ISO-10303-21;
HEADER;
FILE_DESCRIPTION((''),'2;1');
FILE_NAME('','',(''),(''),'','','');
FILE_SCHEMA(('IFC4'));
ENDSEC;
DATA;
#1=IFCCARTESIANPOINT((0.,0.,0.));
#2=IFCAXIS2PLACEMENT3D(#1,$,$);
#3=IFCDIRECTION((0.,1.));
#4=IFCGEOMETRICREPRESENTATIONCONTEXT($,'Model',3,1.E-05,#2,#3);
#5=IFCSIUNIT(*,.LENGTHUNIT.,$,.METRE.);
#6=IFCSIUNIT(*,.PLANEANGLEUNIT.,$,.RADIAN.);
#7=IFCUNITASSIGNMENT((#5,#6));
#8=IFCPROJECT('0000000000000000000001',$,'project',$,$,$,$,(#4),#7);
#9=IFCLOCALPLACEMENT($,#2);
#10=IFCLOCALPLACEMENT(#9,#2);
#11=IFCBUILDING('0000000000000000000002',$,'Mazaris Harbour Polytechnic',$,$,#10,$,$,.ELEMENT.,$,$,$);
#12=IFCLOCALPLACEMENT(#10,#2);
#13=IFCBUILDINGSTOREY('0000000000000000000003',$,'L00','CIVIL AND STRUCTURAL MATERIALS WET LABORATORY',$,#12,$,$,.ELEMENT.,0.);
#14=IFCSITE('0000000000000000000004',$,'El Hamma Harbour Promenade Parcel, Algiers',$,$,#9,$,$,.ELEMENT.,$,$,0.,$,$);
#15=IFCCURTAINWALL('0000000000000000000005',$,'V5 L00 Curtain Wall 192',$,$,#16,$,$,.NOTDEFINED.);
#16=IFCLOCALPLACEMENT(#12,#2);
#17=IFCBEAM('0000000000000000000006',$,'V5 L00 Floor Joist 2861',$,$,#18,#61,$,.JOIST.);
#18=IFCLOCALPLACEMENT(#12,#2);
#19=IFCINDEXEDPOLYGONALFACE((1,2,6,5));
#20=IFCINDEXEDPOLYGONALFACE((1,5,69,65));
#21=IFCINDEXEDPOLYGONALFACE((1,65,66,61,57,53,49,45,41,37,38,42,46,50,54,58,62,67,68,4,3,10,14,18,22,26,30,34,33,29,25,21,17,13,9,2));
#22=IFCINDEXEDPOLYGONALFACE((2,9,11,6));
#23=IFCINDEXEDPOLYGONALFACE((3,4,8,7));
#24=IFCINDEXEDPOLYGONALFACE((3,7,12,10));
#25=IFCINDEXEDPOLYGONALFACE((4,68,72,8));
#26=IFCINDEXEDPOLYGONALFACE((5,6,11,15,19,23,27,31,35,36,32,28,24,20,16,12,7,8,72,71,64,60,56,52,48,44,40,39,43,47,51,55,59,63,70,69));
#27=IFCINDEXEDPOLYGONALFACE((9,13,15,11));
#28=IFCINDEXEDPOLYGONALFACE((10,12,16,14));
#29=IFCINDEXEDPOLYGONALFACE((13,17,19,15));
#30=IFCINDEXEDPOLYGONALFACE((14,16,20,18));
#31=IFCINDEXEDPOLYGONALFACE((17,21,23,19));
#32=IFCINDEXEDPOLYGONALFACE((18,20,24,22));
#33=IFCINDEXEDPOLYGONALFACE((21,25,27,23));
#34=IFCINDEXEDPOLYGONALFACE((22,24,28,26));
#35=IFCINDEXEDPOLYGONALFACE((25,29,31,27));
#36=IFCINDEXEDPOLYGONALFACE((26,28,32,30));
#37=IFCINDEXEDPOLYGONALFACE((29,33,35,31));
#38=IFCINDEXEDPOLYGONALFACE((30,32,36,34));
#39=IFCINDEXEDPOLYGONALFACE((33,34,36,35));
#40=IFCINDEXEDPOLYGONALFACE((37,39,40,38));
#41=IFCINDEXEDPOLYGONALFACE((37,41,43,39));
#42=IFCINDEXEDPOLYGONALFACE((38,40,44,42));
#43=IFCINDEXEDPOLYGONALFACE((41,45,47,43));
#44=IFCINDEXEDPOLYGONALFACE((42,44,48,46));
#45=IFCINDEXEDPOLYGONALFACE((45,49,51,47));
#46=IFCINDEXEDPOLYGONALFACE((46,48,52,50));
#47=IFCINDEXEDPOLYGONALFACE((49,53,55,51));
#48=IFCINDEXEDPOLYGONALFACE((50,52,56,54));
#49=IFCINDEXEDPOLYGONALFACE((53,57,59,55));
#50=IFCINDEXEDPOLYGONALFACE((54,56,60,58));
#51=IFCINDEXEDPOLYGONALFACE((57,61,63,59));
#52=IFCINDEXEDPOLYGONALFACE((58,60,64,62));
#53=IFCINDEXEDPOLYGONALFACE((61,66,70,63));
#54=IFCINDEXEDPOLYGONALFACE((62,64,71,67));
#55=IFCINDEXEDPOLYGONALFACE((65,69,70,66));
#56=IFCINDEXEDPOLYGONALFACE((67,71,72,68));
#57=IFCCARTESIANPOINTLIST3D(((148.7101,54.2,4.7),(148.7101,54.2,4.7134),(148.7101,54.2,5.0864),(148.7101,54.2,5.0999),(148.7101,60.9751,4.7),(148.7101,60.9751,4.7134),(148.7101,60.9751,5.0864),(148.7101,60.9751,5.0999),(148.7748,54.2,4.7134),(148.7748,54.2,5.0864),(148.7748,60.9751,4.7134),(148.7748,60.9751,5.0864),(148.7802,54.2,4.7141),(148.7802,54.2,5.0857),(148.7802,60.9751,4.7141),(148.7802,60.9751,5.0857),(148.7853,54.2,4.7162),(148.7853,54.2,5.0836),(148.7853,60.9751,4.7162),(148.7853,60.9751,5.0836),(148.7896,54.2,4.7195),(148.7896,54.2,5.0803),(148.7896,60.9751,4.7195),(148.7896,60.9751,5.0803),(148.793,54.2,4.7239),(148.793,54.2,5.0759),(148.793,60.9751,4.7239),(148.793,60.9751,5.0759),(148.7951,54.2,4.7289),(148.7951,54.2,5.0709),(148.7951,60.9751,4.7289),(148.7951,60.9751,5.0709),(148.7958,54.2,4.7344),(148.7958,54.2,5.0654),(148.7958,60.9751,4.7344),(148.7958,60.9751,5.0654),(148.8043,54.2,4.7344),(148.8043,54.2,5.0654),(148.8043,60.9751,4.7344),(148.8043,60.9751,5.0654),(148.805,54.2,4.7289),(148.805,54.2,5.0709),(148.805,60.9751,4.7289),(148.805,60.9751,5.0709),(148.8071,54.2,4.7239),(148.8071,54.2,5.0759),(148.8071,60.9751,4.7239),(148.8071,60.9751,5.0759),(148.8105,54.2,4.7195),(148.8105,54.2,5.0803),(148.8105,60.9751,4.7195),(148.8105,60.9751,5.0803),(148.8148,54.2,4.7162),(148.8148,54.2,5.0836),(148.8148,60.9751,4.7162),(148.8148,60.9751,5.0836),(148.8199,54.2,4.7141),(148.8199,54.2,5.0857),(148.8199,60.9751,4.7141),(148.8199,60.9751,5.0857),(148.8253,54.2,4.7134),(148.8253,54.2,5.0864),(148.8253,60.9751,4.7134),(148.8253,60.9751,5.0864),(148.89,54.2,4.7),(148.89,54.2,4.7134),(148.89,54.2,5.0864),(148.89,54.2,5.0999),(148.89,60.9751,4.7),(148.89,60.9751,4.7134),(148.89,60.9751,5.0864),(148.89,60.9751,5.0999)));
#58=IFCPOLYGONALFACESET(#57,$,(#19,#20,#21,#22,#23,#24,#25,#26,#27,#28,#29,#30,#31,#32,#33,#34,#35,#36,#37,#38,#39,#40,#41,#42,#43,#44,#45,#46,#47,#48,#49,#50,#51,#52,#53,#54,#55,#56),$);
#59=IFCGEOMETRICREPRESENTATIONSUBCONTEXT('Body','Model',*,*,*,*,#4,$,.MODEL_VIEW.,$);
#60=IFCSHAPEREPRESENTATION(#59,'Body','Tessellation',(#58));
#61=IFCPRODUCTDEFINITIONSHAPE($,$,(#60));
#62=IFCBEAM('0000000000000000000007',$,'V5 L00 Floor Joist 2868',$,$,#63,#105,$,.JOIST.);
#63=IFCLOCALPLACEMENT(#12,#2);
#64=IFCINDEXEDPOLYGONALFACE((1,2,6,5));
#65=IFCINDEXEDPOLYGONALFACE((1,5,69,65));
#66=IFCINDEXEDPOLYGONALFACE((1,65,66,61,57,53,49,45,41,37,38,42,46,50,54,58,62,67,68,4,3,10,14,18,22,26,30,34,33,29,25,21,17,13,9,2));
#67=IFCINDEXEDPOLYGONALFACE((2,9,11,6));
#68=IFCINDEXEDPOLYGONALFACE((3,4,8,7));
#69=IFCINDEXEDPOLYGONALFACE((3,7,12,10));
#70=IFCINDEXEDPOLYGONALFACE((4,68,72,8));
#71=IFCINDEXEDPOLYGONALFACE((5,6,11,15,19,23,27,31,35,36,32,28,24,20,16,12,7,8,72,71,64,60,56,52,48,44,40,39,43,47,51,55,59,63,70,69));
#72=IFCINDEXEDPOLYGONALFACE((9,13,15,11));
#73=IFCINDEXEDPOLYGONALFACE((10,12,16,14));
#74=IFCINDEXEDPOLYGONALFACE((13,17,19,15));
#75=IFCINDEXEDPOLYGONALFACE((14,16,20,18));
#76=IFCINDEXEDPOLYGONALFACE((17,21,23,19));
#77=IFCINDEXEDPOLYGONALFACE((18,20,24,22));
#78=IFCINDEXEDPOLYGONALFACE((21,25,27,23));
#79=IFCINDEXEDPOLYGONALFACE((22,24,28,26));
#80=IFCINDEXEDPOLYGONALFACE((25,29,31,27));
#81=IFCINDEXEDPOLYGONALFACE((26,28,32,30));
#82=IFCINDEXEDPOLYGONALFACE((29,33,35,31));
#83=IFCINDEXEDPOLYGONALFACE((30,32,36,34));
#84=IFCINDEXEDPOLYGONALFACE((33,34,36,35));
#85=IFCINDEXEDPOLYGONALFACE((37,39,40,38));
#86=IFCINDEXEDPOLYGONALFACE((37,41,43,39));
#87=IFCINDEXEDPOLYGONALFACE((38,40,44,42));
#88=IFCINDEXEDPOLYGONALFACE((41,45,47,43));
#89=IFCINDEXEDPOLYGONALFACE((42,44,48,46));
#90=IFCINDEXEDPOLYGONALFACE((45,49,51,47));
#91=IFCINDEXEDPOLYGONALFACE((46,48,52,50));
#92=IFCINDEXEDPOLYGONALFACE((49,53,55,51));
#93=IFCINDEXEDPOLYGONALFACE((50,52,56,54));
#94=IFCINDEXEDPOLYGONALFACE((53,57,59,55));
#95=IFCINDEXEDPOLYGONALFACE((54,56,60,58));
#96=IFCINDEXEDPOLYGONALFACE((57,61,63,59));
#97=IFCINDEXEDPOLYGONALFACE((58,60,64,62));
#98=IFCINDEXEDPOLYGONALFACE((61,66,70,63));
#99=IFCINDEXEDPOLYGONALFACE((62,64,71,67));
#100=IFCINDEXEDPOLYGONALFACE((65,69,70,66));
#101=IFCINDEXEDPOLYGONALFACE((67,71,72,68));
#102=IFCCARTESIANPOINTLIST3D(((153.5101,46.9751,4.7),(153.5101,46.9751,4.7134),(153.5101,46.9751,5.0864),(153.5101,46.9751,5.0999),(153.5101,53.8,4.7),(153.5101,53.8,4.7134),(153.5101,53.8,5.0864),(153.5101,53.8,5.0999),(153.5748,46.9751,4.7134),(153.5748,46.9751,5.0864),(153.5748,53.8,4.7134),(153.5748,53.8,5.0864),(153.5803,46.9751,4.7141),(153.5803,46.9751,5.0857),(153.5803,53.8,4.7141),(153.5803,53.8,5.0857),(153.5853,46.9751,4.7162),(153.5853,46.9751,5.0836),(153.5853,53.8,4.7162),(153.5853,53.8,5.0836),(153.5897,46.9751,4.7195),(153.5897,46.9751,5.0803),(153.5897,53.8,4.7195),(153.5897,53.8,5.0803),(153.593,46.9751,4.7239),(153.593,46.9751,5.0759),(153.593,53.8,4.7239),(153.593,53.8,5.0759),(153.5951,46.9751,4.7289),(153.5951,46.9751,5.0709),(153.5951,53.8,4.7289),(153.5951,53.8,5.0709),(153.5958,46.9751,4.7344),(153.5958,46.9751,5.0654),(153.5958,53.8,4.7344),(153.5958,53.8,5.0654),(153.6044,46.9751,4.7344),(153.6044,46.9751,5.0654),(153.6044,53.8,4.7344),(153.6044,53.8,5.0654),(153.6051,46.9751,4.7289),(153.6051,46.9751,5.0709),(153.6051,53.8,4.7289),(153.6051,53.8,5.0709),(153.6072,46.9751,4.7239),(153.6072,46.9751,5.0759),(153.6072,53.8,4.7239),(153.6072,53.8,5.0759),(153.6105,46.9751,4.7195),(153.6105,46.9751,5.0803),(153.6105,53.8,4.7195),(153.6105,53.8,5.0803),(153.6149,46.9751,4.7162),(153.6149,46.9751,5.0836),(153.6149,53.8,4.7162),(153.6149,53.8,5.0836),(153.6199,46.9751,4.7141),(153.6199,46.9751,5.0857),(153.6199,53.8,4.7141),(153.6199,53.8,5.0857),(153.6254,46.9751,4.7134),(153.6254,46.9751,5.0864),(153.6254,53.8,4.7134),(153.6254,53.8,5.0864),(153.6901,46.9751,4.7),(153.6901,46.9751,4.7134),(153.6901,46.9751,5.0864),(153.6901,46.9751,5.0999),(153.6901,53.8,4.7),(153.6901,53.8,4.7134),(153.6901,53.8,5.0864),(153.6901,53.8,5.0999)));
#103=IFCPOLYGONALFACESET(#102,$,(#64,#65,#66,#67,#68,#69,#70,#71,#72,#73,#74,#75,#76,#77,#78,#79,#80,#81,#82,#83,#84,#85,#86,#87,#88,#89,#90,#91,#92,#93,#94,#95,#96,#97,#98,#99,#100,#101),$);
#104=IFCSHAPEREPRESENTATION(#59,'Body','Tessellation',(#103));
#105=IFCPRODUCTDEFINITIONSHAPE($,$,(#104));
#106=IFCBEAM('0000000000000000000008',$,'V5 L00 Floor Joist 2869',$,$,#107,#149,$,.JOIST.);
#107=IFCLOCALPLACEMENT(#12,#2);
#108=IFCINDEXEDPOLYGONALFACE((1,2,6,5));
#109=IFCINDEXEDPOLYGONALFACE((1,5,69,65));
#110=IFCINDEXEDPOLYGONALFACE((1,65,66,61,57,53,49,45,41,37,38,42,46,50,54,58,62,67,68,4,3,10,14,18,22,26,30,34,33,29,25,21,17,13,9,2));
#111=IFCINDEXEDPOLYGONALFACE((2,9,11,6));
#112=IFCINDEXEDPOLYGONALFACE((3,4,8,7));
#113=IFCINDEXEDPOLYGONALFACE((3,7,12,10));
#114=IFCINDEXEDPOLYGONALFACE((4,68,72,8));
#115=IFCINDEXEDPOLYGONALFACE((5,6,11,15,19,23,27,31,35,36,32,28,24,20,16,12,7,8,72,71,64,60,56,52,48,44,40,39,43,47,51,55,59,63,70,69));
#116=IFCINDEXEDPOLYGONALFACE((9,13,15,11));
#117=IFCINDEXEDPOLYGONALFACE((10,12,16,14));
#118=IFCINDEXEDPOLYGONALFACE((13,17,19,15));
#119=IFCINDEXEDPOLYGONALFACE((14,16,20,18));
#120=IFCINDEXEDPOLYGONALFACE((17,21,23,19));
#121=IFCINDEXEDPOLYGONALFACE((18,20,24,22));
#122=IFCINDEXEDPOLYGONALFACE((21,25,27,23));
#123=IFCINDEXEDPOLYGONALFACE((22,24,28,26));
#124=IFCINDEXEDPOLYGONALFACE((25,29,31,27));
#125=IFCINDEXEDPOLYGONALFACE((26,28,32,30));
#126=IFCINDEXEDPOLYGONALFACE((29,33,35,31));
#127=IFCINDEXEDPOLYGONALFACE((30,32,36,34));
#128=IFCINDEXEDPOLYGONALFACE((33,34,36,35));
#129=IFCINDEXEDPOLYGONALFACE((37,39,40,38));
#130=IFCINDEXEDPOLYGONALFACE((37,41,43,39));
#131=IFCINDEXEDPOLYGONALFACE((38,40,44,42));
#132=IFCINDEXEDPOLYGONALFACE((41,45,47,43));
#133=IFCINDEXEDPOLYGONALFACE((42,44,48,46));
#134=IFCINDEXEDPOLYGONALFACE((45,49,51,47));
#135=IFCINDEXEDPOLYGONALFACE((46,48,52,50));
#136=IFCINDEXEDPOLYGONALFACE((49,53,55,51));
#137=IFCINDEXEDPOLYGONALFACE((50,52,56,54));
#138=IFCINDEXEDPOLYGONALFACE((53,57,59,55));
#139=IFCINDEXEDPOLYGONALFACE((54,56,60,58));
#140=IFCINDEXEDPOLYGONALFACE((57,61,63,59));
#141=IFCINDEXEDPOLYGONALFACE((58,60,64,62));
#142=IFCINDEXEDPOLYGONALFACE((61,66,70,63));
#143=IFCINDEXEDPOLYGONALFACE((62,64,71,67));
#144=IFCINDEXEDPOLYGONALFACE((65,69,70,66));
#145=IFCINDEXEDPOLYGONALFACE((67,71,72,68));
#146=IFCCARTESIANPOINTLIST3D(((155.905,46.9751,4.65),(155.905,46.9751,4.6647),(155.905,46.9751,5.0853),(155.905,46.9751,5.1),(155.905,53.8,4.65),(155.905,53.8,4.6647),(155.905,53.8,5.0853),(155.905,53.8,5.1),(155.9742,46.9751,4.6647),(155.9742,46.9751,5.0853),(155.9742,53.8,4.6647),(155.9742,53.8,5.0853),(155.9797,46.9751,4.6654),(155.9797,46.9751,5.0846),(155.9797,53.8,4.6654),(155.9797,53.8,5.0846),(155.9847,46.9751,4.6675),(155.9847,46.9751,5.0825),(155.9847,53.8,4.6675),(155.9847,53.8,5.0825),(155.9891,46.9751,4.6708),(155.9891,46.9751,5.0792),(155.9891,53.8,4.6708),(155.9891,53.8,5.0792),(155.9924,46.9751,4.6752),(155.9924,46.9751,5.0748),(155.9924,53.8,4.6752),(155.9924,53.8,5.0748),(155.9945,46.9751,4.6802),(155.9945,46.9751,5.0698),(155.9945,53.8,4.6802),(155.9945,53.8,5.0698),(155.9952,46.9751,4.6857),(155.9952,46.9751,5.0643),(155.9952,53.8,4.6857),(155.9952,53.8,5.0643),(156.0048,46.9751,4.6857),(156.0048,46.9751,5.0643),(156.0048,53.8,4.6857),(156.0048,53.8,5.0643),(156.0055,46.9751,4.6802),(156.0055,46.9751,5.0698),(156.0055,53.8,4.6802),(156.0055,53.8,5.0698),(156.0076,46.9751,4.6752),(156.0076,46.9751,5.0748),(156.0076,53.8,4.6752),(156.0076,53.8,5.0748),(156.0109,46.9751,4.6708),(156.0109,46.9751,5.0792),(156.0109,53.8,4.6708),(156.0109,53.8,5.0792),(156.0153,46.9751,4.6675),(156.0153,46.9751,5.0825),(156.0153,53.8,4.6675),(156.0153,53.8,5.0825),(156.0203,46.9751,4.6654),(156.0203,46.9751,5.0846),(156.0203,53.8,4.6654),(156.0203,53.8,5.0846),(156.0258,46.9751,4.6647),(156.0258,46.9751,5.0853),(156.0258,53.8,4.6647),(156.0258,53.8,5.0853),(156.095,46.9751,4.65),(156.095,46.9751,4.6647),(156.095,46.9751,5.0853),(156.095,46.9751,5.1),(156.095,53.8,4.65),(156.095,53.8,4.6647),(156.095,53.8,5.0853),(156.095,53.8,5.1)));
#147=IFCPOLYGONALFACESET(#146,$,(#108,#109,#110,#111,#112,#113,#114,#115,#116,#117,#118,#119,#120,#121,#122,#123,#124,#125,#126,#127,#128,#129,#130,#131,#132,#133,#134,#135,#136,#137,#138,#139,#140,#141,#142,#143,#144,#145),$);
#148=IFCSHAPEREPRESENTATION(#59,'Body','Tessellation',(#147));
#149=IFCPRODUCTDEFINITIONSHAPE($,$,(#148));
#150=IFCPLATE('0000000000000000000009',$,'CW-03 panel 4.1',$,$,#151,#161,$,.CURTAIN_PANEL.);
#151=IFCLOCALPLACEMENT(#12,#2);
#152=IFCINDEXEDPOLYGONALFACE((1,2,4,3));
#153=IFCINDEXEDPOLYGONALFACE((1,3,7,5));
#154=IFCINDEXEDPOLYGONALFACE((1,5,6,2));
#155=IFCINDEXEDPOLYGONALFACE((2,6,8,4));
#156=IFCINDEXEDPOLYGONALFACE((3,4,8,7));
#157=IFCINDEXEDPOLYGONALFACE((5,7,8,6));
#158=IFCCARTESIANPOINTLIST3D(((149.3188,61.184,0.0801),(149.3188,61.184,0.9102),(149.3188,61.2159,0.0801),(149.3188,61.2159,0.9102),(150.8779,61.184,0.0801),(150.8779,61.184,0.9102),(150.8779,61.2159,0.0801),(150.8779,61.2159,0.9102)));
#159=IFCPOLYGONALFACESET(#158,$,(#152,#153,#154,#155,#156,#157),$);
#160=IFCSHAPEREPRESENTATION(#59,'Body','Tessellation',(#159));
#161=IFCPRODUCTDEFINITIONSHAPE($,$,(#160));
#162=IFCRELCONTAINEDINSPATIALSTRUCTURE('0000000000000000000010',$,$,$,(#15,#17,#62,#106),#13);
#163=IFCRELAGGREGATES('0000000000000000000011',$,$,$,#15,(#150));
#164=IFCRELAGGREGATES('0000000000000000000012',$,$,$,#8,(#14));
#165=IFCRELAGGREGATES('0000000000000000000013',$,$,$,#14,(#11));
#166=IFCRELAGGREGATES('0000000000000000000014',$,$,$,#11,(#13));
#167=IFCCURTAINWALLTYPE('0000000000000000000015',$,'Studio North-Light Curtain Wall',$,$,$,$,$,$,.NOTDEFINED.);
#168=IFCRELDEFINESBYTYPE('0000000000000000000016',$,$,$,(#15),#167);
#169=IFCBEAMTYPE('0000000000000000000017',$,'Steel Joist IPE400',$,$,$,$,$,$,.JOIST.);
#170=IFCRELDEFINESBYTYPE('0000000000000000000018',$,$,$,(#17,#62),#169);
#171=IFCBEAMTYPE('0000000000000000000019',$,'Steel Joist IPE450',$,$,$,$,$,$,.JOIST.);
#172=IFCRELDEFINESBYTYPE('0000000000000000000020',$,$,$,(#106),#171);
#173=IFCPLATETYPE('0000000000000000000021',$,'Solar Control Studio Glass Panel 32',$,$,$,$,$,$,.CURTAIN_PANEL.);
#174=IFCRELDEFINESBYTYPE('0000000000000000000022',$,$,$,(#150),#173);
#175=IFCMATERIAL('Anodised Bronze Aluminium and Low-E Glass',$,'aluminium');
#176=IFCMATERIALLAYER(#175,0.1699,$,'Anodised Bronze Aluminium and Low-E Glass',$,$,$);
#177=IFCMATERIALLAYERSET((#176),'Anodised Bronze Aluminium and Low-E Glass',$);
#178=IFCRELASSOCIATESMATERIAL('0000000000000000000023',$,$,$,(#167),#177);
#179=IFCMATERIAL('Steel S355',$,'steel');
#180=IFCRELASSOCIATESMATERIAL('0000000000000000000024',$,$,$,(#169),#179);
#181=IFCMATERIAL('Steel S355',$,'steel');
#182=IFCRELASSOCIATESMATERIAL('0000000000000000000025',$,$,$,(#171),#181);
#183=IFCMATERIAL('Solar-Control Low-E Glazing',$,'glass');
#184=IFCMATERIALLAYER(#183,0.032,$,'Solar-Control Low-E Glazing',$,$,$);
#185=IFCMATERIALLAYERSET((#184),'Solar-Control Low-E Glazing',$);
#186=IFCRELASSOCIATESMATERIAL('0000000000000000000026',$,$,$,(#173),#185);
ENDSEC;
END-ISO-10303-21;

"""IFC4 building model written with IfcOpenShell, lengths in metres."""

from ifc_helpers import new_model, si_unit, direction, frame, origin, origin_2d, place, context, subcontext, project, spatial, rectangle, i_section, extrude, material, layer, layer_set, material_profile, profile_set, type_object, element, aggregate, save


model = new_model("IFC4")

# Units and contexts
model_context = context("Model", 3, precision=1e-05, world=origin(), true_north=direction((0.0, 1.0)))
body_context = subcontext(model_context, "Body", "Model", "MODEL_VIEW")
ifc_project = project(units=[si_unit("LENGTHUNIT", "METRE"), si_unit("PLANEANGLEUNIT", "RADIAN")], contexts=[model_context])

# Site, building, storey
site_placement = place(None, origin())
site = spatial("IfcSite", under=ifc_project, at=site_placement, Name="El Hamma Harbour Promenade Parcel, Algiers", CompositionType="ELEMENT", RefElevation=0.0)
building_placement = place(site_placement, origin())
building = spatial("IfcBuilding", under=site, at=building_placement, Name="Mazaris Harbour Polytechnic", CompositionType="ELEMENT")
storey_placement = place(building_placement, origin())
storey = spatial("IfcBuildingStorey", under=building, at=storey_placement, Name="L00", Description="CIVIL AND STRUCTURAL MATERIALS WET LABORATORY", CompositionType="ELEMENT", Elevation=0.0)

# Curtain wall
ifc_material_1 = material(Name="Anodised Bronze Aluminium and Low-E Glass", Category="aluminium")
ifc_layer_1 = layer(ifc_material_1, 0.1699, Name="Anodised Bronze Aluminium and Low-E Glass")
ifc_layer_set_1 = layer_set([ifc_layer_1], Name="Anodised Bronze Aluminium and Low-E Glass")
curtain_wall_type = type_object("IfcCurtainWallType", Name="Studio North-Light Curtain Wall", PredefinedType="NOTDEFINED", material=ifc_layer_set_1)
curtain_wall_placement = place(storey_placement, origin())
curtain_wall = element("IfcCurtainWall", 1, at=curtain_wall_placement, inside=storey, type_object=curtain_wall_type, Name="V5 L00 Curtain Wall 192", PredefinedType="NOTDEFINED")

# Beams
ifc_material_2 = material(Name="Steel S355", Category="steel")
ifc_material_profile_1 = material_profile(ifc_material_2, i_section(OverallWidth=0.1799, OverallDepth=0.3999, WebThickness=0.0085, FlangeThickness=0.0134, FilletRadius=0.021, at=origin_2d()), Name="IPE 400")
ifc_profile_set_1 = profile_set([ifc_material_profile_1], Name="Steel S355")
beam_type_1 = type_object("IfcBeamType", Name="Steel Joist IPE400", PredefinedType="JOIST", material=ifc_profile_set_1)
beam_1_placement = place(storey_placement, frame((148.8, 54.2, 4.8999), z_axis=(0.0, 1.0, 0.0), x_axis=(-1.0, 0.0, 0.0)))
element("IfcBeam", 2, at=beam_1_placement, inside=storey, type_object=beam_type_1, Name="V5 L00 Floor Joist 2861", PredefinedType="JOIST", context=body_context, shape_type="SweptSolid", body=[
    extrude(i_section(OverallWidth=0.1799, OverallDepth=0.3999, WebThickness=0.0085, FlangeThickness=0.0134, FilletRadius=0.021, at=origin_2d()), origin(), (0.0, 0.0, 1.0), 6.7751),
])
beam_2_placement = place(storey_placement, frame((153.6001, 46.9751, 4.8999), z_axis=(0.0, 1.0, 0.0), x_axis=(-1.0, 0.0, 0.0)))
element("IfcBeam", 3, at=beam_2_placement, inside=storey, type_object=beam_type_1, Name="V5 L00 Floor Joist 2868", PredefinedType="JOIST", context=body_context, shape_type="SweptSolid", body=[
    extrude(i_section(OverallWidth=0.1799, OverallDepth=0.3999, WebThickness=0.0085, FlangeThickness=0.0134, FilletRadius=0.021, at=origin_2d()), origin(), (0.0, 0.0, 1.0), 6.825),
])
ifc_material_3 = material(Name="Steel S355", Category="steel")
ifc_material_profile_2 = material_profile(ifc_material_3, i_section(OverallWidth=0.1899, OverallDepth=0.45, WebThickness=0.0095, FlangeThickness=0.0146, FilletRadius=0.021, at=origin_2d()), Name="IPE 450")
ifc_profile_set_2 = profile_set([ifc_material_profile_2], Name="Steel S355")
beam_type_2 = type_object("IfcBeamType", Name="Steel Joist IPE450", PredefinedType="JOIST", material=ifc_profile_set_2)
beam_3_placement = place(storey_placement, frame((156.0, 46.9751, 4.875), z_axis=(0.0, 1.0, 0.0), x_axis=(-1.0, 0.0, 0.0)))
element("IfcBeam", 4, at=beam_3_placement, inside=storey, type_object=beam_type_2, Name="V5 L00 Floor Joist 2869", PredefinedType="JOIST", context=body_context, shape_type="SweptSolid", body=[
    extrude(i_section(OverallWidth=0.1899, OverallDepth=0.45, WebThickness=0.0095, FlangeThickness=0.0146, FilletRadius=0.021, at=origin_2d()), origin(), (0.0, 0.0, 1.0), 6.825),
])

# Plate
ifc_material_4 = material(Name="Solar-Control Low-E Glazing", Category="glass")
ifc_layer_2 = layer(ifc_material_4, 0.032, Name="Solar-Control Low-E Glazing")
ifc_layer_set_2 = layer_set([ifc_layer_2], Name="Solar-Control Low-E Glazing")
plate_type = type_object("IfcPlateType", Name="Solar Control Studio Glass Panel 32", PredefinedType="CURTAIN_PANEL", material=ifc_layer_set_2)
plate_placement = place(storey_placement, frame((150.0984, 61.2, 0.0801), z_axis=(0.0, 0.0, 1.0), x_axis=(1.0, 0.0, 0.0)))
plate = element("IfcPlate", 5, at=plate_placement, type_object=plate_type, Name="CW-03 panel 4.1", PredefinedType="CURTAIN_PANEL", context=body_context, shape_type="SweptSolid", body=[
    extrude(rectangle(XDim=1.5591, YDim=0.032, at=origin_2d()), origin(), (0.0, 0.0, 1.0), 0.8301),
])
aggregate(curtain_wall, [plate])

save(model, "model.ifc")
